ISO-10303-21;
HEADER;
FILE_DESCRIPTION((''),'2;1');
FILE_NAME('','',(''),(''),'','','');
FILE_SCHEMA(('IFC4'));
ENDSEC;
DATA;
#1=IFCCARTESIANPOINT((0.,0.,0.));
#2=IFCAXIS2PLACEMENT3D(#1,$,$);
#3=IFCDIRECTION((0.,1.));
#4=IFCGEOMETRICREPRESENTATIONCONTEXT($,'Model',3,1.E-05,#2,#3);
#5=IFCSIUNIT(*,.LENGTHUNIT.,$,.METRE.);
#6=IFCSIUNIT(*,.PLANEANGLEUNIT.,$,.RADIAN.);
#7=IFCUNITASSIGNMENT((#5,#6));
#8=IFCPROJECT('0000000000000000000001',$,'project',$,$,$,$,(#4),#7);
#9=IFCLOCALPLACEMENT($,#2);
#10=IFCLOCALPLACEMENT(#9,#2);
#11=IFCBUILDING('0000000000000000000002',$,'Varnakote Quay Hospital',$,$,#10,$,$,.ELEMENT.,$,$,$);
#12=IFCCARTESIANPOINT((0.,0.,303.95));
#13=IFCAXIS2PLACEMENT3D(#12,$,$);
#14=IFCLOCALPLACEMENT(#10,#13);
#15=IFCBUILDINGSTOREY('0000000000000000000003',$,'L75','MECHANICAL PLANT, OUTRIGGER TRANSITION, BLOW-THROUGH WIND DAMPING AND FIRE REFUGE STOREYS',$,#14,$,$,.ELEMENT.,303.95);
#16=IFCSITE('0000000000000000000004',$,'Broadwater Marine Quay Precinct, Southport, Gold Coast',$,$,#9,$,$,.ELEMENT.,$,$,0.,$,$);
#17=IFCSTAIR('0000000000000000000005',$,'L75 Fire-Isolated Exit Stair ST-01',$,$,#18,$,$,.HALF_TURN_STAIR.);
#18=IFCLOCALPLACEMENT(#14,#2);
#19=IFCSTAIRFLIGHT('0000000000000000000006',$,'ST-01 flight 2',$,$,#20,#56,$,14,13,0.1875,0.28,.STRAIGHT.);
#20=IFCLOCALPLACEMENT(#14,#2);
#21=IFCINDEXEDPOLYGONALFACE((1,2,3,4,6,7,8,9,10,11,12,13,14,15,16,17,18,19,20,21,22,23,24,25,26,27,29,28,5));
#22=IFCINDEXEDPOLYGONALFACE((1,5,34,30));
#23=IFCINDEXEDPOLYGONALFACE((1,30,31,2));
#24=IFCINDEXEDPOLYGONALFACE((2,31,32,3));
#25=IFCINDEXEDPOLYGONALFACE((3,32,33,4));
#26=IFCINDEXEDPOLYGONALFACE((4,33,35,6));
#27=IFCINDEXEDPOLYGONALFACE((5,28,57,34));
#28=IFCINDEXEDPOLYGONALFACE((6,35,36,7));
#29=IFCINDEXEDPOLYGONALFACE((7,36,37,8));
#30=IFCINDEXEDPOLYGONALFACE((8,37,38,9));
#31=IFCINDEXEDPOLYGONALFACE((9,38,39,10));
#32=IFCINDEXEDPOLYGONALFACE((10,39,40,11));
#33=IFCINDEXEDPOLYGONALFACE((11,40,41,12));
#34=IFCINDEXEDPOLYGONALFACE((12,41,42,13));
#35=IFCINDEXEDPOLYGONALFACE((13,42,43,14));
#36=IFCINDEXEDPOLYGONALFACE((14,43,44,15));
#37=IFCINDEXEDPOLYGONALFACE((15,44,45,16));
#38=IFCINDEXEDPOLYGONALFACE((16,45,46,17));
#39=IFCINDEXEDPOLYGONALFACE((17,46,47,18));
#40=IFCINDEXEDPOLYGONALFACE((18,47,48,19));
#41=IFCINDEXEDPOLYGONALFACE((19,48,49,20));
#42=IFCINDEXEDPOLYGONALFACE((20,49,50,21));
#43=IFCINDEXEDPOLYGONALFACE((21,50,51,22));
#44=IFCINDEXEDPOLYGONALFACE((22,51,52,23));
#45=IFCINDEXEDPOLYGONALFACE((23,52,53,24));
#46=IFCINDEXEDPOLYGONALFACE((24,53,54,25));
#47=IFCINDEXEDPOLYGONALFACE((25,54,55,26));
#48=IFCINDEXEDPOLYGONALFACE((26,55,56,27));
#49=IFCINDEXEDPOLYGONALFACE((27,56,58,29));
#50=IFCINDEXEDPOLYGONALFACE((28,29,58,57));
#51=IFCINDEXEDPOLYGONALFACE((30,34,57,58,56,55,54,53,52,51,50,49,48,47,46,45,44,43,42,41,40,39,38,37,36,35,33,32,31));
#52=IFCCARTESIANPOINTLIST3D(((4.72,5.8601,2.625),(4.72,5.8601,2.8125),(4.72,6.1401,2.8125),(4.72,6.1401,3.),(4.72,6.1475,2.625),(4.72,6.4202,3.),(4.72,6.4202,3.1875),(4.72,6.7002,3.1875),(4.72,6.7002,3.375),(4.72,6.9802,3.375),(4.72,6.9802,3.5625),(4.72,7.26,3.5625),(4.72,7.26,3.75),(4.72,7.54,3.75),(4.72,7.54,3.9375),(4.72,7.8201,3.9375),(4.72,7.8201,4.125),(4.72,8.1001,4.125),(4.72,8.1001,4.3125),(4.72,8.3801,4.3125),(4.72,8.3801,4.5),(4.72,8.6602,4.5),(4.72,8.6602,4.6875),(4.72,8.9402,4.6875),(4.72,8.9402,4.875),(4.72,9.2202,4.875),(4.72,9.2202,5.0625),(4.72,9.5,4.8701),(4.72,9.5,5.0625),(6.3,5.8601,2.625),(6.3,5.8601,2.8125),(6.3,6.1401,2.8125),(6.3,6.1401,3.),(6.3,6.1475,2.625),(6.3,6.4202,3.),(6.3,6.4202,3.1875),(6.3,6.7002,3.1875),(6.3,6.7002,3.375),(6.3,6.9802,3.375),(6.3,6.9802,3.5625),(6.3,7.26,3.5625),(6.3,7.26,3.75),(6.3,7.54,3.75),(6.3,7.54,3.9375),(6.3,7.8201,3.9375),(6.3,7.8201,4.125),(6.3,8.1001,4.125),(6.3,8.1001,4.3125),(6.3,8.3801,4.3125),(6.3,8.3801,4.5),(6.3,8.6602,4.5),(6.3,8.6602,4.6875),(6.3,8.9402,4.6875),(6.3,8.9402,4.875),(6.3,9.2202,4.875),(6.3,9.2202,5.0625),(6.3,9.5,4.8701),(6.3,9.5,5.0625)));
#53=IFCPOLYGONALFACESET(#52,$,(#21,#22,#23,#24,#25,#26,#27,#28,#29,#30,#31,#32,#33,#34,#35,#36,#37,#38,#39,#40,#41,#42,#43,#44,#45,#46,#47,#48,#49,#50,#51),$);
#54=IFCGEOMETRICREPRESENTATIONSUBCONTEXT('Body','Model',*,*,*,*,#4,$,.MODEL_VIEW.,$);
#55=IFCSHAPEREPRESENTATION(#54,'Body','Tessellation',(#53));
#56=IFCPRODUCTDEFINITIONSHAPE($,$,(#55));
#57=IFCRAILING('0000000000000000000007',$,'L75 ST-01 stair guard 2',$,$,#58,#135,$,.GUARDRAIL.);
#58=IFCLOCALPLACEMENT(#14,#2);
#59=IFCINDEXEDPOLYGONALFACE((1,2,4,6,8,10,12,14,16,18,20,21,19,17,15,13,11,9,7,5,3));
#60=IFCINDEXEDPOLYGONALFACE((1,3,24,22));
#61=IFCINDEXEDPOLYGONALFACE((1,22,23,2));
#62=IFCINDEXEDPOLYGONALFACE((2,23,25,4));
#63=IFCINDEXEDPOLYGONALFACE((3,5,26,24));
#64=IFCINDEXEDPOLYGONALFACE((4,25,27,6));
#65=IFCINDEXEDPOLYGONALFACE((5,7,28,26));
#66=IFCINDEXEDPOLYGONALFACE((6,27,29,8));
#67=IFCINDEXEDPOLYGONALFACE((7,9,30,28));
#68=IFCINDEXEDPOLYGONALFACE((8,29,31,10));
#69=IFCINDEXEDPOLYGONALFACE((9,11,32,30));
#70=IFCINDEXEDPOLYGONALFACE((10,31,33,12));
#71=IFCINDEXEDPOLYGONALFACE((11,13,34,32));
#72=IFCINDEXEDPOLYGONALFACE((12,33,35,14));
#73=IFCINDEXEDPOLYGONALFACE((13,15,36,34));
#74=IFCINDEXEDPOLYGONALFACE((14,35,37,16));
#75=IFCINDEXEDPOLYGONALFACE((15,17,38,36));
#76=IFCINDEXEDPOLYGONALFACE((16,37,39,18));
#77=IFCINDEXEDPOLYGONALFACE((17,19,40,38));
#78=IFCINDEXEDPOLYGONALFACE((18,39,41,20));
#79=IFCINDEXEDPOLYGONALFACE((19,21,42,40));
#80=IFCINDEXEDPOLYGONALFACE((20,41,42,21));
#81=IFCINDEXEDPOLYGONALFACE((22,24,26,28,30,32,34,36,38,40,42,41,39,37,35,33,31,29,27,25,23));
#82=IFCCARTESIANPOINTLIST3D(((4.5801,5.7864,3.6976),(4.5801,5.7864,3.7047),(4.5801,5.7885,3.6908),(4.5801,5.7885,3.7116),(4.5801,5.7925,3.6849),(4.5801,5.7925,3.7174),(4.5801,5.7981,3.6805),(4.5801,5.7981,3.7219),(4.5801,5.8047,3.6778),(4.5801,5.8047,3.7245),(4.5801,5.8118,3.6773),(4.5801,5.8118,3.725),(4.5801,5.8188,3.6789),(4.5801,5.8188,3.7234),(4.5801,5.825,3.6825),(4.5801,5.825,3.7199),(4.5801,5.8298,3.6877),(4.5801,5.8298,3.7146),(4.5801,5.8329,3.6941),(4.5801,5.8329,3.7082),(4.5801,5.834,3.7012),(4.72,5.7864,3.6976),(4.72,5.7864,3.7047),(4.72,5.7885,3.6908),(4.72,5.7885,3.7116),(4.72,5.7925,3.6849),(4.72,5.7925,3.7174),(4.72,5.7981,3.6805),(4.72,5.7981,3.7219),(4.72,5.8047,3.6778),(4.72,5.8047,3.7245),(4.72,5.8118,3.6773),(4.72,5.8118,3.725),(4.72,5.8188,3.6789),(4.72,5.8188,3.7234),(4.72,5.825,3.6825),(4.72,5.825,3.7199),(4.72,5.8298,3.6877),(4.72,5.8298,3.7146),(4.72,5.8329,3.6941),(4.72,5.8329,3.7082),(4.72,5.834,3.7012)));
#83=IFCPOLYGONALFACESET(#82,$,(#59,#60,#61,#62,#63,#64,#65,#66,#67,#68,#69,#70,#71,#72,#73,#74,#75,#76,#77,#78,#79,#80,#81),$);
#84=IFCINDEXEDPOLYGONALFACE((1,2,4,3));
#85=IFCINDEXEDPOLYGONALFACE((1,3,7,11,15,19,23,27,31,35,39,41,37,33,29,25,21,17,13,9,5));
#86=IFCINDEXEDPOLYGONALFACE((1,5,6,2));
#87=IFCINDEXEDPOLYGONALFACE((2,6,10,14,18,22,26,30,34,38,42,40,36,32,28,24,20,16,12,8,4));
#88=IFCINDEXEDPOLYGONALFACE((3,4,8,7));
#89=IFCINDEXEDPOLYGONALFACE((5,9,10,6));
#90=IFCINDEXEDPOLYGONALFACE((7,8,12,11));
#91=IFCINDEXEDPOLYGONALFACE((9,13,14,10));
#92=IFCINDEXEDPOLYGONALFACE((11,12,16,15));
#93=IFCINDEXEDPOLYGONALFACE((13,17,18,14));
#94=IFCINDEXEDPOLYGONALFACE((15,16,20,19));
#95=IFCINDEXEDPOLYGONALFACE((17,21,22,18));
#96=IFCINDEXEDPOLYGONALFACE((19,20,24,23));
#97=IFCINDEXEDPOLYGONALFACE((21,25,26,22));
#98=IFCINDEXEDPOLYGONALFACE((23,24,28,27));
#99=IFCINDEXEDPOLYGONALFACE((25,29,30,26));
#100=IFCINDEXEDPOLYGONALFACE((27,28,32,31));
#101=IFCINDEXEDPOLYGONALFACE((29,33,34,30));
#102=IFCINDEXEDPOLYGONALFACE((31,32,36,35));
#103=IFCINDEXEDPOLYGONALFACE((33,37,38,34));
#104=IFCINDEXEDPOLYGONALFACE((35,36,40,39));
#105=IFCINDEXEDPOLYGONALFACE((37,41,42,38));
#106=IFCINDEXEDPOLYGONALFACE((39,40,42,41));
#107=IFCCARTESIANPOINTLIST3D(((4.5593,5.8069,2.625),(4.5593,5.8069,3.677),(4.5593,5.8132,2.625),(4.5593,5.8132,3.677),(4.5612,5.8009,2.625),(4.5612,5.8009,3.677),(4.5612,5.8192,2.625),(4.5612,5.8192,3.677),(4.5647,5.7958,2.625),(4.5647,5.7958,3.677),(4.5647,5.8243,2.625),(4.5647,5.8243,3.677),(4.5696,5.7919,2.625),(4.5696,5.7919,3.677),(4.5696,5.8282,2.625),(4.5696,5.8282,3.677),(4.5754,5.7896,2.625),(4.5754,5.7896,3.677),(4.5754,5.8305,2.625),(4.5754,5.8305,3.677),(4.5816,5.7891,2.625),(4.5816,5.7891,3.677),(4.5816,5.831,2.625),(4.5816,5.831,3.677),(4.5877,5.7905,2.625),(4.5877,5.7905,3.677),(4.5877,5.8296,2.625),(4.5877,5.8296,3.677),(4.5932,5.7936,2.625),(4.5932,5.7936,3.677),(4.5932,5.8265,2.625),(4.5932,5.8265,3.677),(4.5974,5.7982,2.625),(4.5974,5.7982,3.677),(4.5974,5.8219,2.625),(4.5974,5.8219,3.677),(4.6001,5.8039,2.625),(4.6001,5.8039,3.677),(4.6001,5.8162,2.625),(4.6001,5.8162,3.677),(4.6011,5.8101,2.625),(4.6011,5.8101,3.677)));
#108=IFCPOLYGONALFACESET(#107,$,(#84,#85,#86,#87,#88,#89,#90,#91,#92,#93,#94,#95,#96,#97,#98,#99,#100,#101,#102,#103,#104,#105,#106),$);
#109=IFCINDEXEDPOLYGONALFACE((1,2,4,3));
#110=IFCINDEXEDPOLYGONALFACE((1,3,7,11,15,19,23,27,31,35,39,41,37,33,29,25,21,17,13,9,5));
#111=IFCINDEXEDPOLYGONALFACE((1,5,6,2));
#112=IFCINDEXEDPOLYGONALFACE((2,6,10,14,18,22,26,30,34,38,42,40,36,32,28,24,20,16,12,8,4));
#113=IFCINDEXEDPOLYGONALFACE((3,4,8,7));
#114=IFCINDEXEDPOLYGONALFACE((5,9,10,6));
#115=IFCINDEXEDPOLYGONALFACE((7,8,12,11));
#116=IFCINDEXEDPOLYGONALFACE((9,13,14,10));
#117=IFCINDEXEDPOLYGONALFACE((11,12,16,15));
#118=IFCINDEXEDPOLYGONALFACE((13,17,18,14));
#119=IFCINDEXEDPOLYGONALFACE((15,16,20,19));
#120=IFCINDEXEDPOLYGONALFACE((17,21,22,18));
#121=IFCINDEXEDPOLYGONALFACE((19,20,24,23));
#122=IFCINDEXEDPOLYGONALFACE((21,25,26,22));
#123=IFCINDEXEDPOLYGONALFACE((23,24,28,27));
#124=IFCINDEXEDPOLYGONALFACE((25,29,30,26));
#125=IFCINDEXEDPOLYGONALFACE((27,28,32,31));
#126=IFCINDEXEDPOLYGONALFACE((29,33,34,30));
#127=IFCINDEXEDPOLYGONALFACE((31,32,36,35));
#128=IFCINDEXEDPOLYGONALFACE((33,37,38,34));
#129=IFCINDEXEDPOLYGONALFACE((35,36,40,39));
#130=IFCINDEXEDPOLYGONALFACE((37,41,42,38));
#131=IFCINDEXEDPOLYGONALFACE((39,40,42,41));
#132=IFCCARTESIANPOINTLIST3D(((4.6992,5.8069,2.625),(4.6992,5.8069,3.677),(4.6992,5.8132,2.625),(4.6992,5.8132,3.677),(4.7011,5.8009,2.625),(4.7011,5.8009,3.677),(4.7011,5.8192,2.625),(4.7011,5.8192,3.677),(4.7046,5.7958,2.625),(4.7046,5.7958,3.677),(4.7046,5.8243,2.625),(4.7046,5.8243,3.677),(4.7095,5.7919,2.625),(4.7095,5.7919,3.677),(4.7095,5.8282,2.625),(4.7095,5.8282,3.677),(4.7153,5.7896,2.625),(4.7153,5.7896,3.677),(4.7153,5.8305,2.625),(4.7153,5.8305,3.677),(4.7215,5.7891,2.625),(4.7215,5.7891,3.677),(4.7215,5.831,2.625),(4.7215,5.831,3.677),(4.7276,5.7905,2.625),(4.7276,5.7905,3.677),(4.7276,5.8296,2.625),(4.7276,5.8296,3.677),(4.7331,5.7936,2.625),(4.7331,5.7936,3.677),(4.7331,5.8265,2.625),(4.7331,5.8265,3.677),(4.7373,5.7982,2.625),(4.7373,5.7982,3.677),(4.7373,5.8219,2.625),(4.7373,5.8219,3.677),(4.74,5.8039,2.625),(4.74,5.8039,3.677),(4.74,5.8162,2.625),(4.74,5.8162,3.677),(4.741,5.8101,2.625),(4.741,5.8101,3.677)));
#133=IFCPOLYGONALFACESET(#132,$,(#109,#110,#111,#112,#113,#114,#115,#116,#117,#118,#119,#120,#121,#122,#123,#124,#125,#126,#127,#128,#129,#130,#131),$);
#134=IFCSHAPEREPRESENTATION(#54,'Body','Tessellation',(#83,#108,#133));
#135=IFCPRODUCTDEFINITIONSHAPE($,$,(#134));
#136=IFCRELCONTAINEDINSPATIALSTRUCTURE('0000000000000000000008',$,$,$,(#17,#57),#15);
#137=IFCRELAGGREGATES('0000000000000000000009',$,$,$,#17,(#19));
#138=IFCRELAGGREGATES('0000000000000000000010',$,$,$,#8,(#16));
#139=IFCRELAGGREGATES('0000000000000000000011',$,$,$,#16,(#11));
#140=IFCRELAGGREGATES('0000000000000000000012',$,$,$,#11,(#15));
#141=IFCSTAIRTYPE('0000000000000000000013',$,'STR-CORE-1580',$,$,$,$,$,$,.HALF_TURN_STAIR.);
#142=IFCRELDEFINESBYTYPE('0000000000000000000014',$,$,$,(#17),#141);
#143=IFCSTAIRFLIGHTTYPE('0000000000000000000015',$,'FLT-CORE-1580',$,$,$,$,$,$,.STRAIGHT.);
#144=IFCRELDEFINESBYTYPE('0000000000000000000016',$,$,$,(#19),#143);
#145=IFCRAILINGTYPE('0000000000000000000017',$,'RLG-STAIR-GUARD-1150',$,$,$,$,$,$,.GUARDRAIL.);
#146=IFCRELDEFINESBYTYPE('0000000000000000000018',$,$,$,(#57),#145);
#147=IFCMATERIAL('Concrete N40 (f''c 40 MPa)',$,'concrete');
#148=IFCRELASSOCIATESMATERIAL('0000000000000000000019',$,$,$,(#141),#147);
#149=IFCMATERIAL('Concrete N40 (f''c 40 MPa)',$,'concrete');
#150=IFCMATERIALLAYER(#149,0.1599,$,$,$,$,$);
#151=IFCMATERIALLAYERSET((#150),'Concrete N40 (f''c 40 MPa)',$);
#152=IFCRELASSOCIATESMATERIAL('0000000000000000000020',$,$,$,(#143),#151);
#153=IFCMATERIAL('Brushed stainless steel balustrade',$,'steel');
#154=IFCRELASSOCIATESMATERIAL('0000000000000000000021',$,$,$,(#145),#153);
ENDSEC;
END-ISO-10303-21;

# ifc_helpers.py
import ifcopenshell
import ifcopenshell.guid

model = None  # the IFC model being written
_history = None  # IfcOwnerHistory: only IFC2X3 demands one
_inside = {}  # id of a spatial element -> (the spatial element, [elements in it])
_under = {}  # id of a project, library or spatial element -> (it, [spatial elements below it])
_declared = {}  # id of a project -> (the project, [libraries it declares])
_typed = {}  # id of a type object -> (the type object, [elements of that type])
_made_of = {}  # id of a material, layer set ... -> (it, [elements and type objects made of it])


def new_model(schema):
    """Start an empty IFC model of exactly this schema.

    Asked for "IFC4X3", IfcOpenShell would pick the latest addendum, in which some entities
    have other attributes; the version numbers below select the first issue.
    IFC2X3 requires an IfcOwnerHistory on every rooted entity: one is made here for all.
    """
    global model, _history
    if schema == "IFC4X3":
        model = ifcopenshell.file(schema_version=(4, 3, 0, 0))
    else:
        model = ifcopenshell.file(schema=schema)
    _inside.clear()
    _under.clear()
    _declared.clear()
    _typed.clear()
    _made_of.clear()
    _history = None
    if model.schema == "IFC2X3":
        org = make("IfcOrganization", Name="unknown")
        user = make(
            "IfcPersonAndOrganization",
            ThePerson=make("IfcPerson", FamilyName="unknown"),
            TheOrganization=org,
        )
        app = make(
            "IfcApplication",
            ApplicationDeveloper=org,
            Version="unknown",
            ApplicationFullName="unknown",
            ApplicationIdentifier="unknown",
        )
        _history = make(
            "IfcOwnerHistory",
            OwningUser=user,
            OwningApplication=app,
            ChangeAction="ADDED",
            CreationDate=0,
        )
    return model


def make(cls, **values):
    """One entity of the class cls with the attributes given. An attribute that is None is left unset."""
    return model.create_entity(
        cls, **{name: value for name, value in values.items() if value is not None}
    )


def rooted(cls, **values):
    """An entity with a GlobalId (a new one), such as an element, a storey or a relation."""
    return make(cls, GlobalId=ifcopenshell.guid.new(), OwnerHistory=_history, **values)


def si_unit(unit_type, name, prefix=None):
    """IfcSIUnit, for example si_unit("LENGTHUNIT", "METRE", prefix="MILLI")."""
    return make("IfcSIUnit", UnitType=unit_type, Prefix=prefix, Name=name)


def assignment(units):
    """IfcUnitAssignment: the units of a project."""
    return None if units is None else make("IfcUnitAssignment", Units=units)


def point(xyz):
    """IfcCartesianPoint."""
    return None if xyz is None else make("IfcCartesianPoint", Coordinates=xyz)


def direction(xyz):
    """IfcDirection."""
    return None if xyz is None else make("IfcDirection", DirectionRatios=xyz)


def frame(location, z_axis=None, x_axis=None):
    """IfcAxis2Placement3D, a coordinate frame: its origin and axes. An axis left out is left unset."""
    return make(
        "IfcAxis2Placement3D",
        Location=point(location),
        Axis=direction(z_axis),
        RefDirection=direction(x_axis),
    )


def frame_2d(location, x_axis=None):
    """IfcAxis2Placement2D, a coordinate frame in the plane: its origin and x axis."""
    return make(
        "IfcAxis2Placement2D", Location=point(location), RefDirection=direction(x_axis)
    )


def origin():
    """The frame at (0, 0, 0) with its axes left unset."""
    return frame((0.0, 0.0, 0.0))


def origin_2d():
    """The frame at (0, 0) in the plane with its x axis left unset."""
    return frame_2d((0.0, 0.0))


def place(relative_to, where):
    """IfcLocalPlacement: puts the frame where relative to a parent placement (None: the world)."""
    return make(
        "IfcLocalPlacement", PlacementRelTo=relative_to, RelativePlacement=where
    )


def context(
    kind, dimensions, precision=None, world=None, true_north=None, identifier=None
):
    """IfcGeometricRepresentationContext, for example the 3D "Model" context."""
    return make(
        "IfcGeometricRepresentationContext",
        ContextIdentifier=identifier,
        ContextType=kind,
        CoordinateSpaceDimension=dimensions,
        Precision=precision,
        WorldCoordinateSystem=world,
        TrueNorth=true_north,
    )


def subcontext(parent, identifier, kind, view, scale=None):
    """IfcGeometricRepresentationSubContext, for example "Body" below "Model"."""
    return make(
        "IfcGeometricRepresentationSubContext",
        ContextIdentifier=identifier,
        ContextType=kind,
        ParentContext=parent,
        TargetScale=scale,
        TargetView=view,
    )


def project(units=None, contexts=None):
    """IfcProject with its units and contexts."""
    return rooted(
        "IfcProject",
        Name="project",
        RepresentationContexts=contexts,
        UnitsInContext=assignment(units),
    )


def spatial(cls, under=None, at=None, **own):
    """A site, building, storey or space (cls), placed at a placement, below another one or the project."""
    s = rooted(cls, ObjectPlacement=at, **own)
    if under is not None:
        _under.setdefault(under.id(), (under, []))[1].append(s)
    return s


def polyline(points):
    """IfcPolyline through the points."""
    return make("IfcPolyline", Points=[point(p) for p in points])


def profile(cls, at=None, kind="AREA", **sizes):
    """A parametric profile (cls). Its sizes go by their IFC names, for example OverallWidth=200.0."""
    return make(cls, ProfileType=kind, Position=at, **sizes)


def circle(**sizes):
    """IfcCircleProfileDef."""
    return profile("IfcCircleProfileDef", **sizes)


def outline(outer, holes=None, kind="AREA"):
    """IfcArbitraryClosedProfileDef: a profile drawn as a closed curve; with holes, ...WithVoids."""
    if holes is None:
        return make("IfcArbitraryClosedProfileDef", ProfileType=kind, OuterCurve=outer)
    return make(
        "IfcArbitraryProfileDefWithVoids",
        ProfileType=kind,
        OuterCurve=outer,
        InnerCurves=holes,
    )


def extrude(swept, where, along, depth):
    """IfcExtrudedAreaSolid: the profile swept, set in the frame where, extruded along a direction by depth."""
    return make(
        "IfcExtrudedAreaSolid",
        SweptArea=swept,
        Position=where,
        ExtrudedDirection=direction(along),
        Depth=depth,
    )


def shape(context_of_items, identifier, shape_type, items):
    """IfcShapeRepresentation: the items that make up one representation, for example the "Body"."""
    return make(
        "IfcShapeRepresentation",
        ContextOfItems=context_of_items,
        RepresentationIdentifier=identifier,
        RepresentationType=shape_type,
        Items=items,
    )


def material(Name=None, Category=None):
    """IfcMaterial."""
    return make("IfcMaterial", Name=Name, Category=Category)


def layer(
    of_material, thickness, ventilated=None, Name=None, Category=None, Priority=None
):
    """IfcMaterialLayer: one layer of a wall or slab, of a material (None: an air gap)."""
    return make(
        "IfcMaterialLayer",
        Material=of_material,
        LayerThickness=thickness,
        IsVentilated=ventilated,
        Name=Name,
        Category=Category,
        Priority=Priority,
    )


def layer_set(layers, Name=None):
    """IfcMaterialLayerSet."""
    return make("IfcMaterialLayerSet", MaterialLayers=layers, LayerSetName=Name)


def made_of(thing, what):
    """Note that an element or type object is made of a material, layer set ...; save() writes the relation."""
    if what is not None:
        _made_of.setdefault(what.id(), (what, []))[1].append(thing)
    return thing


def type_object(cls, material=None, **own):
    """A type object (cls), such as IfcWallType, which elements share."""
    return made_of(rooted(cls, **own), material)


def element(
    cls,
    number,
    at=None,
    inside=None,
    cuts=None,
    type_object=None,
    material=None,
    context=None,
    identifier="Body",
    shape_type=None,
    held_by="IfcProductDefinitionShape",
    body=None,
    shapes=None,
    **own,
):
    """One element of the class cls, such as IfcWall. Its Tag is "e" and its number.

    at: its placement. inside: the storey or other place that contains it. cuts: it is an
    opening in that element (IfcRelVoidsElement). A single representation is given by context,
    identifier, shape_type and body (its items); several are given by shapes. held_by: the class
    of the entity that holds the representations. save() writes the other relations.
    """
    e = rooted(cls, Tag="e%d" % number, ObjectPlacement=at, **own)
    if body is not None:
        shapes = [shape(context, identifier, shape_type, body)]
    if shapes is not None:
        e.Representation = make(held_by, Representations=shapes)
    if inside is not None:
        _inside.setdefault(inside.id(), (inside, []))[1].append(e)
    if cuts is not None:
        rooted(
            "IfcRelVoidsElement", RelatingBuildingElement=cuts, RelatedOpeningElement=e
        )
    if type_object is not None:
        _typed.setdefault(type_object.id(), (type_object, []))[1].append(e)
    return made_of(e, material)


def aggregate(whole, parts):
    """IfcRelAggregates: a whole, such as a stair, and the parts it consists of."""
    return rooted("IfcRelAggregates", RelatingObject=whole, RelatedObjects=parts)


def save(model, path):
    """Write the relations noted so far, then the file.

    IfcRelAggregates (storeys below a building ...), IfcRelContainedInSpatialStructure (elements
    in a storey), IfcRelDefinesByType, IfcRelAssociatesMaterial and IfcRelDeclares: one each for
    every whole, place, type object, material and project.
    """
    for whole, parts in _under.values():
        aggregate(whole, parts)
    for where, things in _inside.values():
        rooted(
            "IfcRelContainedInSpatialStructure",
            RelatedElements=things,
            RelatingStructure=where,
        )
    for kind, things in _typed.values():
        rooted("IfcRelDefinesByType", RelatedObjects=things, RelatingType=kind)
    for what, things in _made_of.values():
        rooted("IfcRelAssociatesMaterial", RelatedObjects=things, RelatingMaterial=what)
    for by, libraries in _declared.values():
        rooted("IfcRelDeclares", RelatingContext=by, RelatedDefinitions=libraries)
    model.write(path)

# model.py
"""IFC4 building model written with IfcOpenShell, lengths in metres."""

from ifc_helpers import new_model, si_unit, direction, frame, origin, origin_2d, place, context, subcontext, project, spatial, polyline, circle, outline, extrude, material, layer, layer_set, type_object, element, aggregate, save


model = new_model("IFC4")

# Units and contexts
model_context = context("Model", 3, precision=1e-05, world=origin(), true_north=direction((0.0, 1.0)))
body_context = subcontext(model_context, "Body", "Model", "MODEL_VIEW")
ifc_project = project(units=[si_unit("LENGTHUNIT", "METRE"), si_unit("PLANEANGLEUNIT", "RADIAN")], contexts=[model_context])

# Site, building, storey
site_placement = place(None, origin())
site = spatial("IfcSite", under=ifc_project, at=site_placement, Name="Broadwater Marine Quay Precinct, Southport, Gold Coast", CompositionType="ELEMENT", RefElevation=0.0)
building_placement = place(site_placement, origin())
building = spatial("IfcBuilding", under=site, at=building_placement, Name="Varnakote Quay Hospital", CompositionType="ELEMENT")
storey_placement = place(building_placement, frame((0.0, 0.0, 303.95)))
storey = spatial("IfcBuildingStorey", under=building, at=storey_placement, Name="L75", Description="MECHANICAL PLANT, OUTRIGGER TRANSITION, BLOW-THROUGH WIND DAMPING AND FIRE REFUGE STOREYS", CompositionType="ELEMENT", Elevation=303.95)

# Stair
ifc_material_1 = material(Name="Concrete N40 (f'c 40 MPa)", Category="concrete")
stair_type = type_object("IfcStairType", Name="STR-CORE-1580", PredefinedType="HALF_TURN_STAIR", material=ifc_material_1)
stair_1_placement = place(storey_placement, origin())
stair_1 = element("IfcStair", 1, at=stair_1_placement, inside=storey, type_object=stair_type, Name="L75 Fire-Isolated Exit Stair ST-01", PredefinedType="HALF_TURN_STAIR")

# Stair flight
ifc_material_2 = material(Name="Concrete N40 (f'c 40 MPa)", Category="concrete")
ifc_layer_1 = layer(ifc_material_2, 0.1599)
ifc_layer_set_1 = layer_set([ifc_layer_1], Name="Concrete N40 (f'c 40 MPa)")
stair_flight_type = type_object("IfcStairFlightType", Name="FLT-CORE-1580", PredefinedType="STRAIGHT", material=ifc_layer_set_1)
stair_flight_placement = place(storey_placement, frame((5.51, 5.8601, 2.625), z_axis=(0.0, 0.0, 1.0), x_axis=(0.0, 1.0, 0.0)))
stair_flight = element("IfcStairFlight", 2, at=stair_flight_placement, type_object=stair_flight_type, Name="ST-01 flight 2", NumberOfRisers=14, NumberOfTreads=13, PredefinedType="STRAIGHT", RiserHeight=0.1875, TreadLength=0.28, context=body_context, shape_type="SweptSolid", body=[
    extrude(outline(polyline([(0.0, 0.0), (0.0, 0.1875), (0.28, 0.1875), (0.28, 0.375), (0.5601, 0.375), (0.5601, 0.5625), (0.8401, 0.5625), (0.8401, 0.75), (1.1201, 0.75), (1.1201, 0.9375), (1.3999, 0.9375), (1.3999, 1.125), (1.6799, 1.125), (1.6799, 1.3125), (1.96, 1.3125), (1.96, 1.5), (2.24, 1.5), (2.24, 1.6875), (2.52, 1.6875), (2.52, 1.875), (2.8, 1.875), (2.8, 2.0625), (3.0801, 2.0625), (3.0801, 2.25), (3.3601, 2.25), (3.3601, 2.4375), (3.6399, 2.4375), (3.6399, 2.625), (3.6399, 2.2451), (0.2874, 0.0), (0.0, 0.0)])), frame((0.0, 0.79, 0.0), z_axis=(0.0, -1.0, 0.0), x_axis=(1.0, 0.0, 0.0)), (0.0, 0.0, 1.0), 1.5801),
])
aggregate(stair_1, [stair_flight])

# Railing
ifc_material_3 = material(Name="Brushed stainless steel balustrade", Category="steel")
railing_type_1 = type_object("IfcRailingType", Name="RLG-STAIR-GUARD-1150", PredefinedType="GUARDRAIL", material=ifc_material_3)
railing_1_placement = place(storey_placement, frame((4.5801, 5.8101, 2.625)))
element("IfcRailing", 3, at=railing_1_placement, inside=storey, type_object=railing_type_1, Name="L75 ST-01 stair guard 2", PredefinedType="GUARDRAIL", context=body_context, shape_type="SweptSolid", body=[
    extrude(circle(Radius=0.0239, at=origin_2d()), frame((0.0, 0.0, 1.0762), z_axis=(1.0, 0.0, 0.0), x_axis=(0.0, 1.0, 0.0)), (0.0, 0.0, 1.0), 0.1399),
    extrude(circle(Radius=0.021, at=origin_2d()), origin(), (0.0, 0.0, 1.0), 1.052),
    extrude(circle(Radius=0.021, at=origin_2d()), frame((0.1399, 0.0, 0.0)), (0.0, 0.0, 1.0), 1.052),
])

save(model, "model.ifc")
